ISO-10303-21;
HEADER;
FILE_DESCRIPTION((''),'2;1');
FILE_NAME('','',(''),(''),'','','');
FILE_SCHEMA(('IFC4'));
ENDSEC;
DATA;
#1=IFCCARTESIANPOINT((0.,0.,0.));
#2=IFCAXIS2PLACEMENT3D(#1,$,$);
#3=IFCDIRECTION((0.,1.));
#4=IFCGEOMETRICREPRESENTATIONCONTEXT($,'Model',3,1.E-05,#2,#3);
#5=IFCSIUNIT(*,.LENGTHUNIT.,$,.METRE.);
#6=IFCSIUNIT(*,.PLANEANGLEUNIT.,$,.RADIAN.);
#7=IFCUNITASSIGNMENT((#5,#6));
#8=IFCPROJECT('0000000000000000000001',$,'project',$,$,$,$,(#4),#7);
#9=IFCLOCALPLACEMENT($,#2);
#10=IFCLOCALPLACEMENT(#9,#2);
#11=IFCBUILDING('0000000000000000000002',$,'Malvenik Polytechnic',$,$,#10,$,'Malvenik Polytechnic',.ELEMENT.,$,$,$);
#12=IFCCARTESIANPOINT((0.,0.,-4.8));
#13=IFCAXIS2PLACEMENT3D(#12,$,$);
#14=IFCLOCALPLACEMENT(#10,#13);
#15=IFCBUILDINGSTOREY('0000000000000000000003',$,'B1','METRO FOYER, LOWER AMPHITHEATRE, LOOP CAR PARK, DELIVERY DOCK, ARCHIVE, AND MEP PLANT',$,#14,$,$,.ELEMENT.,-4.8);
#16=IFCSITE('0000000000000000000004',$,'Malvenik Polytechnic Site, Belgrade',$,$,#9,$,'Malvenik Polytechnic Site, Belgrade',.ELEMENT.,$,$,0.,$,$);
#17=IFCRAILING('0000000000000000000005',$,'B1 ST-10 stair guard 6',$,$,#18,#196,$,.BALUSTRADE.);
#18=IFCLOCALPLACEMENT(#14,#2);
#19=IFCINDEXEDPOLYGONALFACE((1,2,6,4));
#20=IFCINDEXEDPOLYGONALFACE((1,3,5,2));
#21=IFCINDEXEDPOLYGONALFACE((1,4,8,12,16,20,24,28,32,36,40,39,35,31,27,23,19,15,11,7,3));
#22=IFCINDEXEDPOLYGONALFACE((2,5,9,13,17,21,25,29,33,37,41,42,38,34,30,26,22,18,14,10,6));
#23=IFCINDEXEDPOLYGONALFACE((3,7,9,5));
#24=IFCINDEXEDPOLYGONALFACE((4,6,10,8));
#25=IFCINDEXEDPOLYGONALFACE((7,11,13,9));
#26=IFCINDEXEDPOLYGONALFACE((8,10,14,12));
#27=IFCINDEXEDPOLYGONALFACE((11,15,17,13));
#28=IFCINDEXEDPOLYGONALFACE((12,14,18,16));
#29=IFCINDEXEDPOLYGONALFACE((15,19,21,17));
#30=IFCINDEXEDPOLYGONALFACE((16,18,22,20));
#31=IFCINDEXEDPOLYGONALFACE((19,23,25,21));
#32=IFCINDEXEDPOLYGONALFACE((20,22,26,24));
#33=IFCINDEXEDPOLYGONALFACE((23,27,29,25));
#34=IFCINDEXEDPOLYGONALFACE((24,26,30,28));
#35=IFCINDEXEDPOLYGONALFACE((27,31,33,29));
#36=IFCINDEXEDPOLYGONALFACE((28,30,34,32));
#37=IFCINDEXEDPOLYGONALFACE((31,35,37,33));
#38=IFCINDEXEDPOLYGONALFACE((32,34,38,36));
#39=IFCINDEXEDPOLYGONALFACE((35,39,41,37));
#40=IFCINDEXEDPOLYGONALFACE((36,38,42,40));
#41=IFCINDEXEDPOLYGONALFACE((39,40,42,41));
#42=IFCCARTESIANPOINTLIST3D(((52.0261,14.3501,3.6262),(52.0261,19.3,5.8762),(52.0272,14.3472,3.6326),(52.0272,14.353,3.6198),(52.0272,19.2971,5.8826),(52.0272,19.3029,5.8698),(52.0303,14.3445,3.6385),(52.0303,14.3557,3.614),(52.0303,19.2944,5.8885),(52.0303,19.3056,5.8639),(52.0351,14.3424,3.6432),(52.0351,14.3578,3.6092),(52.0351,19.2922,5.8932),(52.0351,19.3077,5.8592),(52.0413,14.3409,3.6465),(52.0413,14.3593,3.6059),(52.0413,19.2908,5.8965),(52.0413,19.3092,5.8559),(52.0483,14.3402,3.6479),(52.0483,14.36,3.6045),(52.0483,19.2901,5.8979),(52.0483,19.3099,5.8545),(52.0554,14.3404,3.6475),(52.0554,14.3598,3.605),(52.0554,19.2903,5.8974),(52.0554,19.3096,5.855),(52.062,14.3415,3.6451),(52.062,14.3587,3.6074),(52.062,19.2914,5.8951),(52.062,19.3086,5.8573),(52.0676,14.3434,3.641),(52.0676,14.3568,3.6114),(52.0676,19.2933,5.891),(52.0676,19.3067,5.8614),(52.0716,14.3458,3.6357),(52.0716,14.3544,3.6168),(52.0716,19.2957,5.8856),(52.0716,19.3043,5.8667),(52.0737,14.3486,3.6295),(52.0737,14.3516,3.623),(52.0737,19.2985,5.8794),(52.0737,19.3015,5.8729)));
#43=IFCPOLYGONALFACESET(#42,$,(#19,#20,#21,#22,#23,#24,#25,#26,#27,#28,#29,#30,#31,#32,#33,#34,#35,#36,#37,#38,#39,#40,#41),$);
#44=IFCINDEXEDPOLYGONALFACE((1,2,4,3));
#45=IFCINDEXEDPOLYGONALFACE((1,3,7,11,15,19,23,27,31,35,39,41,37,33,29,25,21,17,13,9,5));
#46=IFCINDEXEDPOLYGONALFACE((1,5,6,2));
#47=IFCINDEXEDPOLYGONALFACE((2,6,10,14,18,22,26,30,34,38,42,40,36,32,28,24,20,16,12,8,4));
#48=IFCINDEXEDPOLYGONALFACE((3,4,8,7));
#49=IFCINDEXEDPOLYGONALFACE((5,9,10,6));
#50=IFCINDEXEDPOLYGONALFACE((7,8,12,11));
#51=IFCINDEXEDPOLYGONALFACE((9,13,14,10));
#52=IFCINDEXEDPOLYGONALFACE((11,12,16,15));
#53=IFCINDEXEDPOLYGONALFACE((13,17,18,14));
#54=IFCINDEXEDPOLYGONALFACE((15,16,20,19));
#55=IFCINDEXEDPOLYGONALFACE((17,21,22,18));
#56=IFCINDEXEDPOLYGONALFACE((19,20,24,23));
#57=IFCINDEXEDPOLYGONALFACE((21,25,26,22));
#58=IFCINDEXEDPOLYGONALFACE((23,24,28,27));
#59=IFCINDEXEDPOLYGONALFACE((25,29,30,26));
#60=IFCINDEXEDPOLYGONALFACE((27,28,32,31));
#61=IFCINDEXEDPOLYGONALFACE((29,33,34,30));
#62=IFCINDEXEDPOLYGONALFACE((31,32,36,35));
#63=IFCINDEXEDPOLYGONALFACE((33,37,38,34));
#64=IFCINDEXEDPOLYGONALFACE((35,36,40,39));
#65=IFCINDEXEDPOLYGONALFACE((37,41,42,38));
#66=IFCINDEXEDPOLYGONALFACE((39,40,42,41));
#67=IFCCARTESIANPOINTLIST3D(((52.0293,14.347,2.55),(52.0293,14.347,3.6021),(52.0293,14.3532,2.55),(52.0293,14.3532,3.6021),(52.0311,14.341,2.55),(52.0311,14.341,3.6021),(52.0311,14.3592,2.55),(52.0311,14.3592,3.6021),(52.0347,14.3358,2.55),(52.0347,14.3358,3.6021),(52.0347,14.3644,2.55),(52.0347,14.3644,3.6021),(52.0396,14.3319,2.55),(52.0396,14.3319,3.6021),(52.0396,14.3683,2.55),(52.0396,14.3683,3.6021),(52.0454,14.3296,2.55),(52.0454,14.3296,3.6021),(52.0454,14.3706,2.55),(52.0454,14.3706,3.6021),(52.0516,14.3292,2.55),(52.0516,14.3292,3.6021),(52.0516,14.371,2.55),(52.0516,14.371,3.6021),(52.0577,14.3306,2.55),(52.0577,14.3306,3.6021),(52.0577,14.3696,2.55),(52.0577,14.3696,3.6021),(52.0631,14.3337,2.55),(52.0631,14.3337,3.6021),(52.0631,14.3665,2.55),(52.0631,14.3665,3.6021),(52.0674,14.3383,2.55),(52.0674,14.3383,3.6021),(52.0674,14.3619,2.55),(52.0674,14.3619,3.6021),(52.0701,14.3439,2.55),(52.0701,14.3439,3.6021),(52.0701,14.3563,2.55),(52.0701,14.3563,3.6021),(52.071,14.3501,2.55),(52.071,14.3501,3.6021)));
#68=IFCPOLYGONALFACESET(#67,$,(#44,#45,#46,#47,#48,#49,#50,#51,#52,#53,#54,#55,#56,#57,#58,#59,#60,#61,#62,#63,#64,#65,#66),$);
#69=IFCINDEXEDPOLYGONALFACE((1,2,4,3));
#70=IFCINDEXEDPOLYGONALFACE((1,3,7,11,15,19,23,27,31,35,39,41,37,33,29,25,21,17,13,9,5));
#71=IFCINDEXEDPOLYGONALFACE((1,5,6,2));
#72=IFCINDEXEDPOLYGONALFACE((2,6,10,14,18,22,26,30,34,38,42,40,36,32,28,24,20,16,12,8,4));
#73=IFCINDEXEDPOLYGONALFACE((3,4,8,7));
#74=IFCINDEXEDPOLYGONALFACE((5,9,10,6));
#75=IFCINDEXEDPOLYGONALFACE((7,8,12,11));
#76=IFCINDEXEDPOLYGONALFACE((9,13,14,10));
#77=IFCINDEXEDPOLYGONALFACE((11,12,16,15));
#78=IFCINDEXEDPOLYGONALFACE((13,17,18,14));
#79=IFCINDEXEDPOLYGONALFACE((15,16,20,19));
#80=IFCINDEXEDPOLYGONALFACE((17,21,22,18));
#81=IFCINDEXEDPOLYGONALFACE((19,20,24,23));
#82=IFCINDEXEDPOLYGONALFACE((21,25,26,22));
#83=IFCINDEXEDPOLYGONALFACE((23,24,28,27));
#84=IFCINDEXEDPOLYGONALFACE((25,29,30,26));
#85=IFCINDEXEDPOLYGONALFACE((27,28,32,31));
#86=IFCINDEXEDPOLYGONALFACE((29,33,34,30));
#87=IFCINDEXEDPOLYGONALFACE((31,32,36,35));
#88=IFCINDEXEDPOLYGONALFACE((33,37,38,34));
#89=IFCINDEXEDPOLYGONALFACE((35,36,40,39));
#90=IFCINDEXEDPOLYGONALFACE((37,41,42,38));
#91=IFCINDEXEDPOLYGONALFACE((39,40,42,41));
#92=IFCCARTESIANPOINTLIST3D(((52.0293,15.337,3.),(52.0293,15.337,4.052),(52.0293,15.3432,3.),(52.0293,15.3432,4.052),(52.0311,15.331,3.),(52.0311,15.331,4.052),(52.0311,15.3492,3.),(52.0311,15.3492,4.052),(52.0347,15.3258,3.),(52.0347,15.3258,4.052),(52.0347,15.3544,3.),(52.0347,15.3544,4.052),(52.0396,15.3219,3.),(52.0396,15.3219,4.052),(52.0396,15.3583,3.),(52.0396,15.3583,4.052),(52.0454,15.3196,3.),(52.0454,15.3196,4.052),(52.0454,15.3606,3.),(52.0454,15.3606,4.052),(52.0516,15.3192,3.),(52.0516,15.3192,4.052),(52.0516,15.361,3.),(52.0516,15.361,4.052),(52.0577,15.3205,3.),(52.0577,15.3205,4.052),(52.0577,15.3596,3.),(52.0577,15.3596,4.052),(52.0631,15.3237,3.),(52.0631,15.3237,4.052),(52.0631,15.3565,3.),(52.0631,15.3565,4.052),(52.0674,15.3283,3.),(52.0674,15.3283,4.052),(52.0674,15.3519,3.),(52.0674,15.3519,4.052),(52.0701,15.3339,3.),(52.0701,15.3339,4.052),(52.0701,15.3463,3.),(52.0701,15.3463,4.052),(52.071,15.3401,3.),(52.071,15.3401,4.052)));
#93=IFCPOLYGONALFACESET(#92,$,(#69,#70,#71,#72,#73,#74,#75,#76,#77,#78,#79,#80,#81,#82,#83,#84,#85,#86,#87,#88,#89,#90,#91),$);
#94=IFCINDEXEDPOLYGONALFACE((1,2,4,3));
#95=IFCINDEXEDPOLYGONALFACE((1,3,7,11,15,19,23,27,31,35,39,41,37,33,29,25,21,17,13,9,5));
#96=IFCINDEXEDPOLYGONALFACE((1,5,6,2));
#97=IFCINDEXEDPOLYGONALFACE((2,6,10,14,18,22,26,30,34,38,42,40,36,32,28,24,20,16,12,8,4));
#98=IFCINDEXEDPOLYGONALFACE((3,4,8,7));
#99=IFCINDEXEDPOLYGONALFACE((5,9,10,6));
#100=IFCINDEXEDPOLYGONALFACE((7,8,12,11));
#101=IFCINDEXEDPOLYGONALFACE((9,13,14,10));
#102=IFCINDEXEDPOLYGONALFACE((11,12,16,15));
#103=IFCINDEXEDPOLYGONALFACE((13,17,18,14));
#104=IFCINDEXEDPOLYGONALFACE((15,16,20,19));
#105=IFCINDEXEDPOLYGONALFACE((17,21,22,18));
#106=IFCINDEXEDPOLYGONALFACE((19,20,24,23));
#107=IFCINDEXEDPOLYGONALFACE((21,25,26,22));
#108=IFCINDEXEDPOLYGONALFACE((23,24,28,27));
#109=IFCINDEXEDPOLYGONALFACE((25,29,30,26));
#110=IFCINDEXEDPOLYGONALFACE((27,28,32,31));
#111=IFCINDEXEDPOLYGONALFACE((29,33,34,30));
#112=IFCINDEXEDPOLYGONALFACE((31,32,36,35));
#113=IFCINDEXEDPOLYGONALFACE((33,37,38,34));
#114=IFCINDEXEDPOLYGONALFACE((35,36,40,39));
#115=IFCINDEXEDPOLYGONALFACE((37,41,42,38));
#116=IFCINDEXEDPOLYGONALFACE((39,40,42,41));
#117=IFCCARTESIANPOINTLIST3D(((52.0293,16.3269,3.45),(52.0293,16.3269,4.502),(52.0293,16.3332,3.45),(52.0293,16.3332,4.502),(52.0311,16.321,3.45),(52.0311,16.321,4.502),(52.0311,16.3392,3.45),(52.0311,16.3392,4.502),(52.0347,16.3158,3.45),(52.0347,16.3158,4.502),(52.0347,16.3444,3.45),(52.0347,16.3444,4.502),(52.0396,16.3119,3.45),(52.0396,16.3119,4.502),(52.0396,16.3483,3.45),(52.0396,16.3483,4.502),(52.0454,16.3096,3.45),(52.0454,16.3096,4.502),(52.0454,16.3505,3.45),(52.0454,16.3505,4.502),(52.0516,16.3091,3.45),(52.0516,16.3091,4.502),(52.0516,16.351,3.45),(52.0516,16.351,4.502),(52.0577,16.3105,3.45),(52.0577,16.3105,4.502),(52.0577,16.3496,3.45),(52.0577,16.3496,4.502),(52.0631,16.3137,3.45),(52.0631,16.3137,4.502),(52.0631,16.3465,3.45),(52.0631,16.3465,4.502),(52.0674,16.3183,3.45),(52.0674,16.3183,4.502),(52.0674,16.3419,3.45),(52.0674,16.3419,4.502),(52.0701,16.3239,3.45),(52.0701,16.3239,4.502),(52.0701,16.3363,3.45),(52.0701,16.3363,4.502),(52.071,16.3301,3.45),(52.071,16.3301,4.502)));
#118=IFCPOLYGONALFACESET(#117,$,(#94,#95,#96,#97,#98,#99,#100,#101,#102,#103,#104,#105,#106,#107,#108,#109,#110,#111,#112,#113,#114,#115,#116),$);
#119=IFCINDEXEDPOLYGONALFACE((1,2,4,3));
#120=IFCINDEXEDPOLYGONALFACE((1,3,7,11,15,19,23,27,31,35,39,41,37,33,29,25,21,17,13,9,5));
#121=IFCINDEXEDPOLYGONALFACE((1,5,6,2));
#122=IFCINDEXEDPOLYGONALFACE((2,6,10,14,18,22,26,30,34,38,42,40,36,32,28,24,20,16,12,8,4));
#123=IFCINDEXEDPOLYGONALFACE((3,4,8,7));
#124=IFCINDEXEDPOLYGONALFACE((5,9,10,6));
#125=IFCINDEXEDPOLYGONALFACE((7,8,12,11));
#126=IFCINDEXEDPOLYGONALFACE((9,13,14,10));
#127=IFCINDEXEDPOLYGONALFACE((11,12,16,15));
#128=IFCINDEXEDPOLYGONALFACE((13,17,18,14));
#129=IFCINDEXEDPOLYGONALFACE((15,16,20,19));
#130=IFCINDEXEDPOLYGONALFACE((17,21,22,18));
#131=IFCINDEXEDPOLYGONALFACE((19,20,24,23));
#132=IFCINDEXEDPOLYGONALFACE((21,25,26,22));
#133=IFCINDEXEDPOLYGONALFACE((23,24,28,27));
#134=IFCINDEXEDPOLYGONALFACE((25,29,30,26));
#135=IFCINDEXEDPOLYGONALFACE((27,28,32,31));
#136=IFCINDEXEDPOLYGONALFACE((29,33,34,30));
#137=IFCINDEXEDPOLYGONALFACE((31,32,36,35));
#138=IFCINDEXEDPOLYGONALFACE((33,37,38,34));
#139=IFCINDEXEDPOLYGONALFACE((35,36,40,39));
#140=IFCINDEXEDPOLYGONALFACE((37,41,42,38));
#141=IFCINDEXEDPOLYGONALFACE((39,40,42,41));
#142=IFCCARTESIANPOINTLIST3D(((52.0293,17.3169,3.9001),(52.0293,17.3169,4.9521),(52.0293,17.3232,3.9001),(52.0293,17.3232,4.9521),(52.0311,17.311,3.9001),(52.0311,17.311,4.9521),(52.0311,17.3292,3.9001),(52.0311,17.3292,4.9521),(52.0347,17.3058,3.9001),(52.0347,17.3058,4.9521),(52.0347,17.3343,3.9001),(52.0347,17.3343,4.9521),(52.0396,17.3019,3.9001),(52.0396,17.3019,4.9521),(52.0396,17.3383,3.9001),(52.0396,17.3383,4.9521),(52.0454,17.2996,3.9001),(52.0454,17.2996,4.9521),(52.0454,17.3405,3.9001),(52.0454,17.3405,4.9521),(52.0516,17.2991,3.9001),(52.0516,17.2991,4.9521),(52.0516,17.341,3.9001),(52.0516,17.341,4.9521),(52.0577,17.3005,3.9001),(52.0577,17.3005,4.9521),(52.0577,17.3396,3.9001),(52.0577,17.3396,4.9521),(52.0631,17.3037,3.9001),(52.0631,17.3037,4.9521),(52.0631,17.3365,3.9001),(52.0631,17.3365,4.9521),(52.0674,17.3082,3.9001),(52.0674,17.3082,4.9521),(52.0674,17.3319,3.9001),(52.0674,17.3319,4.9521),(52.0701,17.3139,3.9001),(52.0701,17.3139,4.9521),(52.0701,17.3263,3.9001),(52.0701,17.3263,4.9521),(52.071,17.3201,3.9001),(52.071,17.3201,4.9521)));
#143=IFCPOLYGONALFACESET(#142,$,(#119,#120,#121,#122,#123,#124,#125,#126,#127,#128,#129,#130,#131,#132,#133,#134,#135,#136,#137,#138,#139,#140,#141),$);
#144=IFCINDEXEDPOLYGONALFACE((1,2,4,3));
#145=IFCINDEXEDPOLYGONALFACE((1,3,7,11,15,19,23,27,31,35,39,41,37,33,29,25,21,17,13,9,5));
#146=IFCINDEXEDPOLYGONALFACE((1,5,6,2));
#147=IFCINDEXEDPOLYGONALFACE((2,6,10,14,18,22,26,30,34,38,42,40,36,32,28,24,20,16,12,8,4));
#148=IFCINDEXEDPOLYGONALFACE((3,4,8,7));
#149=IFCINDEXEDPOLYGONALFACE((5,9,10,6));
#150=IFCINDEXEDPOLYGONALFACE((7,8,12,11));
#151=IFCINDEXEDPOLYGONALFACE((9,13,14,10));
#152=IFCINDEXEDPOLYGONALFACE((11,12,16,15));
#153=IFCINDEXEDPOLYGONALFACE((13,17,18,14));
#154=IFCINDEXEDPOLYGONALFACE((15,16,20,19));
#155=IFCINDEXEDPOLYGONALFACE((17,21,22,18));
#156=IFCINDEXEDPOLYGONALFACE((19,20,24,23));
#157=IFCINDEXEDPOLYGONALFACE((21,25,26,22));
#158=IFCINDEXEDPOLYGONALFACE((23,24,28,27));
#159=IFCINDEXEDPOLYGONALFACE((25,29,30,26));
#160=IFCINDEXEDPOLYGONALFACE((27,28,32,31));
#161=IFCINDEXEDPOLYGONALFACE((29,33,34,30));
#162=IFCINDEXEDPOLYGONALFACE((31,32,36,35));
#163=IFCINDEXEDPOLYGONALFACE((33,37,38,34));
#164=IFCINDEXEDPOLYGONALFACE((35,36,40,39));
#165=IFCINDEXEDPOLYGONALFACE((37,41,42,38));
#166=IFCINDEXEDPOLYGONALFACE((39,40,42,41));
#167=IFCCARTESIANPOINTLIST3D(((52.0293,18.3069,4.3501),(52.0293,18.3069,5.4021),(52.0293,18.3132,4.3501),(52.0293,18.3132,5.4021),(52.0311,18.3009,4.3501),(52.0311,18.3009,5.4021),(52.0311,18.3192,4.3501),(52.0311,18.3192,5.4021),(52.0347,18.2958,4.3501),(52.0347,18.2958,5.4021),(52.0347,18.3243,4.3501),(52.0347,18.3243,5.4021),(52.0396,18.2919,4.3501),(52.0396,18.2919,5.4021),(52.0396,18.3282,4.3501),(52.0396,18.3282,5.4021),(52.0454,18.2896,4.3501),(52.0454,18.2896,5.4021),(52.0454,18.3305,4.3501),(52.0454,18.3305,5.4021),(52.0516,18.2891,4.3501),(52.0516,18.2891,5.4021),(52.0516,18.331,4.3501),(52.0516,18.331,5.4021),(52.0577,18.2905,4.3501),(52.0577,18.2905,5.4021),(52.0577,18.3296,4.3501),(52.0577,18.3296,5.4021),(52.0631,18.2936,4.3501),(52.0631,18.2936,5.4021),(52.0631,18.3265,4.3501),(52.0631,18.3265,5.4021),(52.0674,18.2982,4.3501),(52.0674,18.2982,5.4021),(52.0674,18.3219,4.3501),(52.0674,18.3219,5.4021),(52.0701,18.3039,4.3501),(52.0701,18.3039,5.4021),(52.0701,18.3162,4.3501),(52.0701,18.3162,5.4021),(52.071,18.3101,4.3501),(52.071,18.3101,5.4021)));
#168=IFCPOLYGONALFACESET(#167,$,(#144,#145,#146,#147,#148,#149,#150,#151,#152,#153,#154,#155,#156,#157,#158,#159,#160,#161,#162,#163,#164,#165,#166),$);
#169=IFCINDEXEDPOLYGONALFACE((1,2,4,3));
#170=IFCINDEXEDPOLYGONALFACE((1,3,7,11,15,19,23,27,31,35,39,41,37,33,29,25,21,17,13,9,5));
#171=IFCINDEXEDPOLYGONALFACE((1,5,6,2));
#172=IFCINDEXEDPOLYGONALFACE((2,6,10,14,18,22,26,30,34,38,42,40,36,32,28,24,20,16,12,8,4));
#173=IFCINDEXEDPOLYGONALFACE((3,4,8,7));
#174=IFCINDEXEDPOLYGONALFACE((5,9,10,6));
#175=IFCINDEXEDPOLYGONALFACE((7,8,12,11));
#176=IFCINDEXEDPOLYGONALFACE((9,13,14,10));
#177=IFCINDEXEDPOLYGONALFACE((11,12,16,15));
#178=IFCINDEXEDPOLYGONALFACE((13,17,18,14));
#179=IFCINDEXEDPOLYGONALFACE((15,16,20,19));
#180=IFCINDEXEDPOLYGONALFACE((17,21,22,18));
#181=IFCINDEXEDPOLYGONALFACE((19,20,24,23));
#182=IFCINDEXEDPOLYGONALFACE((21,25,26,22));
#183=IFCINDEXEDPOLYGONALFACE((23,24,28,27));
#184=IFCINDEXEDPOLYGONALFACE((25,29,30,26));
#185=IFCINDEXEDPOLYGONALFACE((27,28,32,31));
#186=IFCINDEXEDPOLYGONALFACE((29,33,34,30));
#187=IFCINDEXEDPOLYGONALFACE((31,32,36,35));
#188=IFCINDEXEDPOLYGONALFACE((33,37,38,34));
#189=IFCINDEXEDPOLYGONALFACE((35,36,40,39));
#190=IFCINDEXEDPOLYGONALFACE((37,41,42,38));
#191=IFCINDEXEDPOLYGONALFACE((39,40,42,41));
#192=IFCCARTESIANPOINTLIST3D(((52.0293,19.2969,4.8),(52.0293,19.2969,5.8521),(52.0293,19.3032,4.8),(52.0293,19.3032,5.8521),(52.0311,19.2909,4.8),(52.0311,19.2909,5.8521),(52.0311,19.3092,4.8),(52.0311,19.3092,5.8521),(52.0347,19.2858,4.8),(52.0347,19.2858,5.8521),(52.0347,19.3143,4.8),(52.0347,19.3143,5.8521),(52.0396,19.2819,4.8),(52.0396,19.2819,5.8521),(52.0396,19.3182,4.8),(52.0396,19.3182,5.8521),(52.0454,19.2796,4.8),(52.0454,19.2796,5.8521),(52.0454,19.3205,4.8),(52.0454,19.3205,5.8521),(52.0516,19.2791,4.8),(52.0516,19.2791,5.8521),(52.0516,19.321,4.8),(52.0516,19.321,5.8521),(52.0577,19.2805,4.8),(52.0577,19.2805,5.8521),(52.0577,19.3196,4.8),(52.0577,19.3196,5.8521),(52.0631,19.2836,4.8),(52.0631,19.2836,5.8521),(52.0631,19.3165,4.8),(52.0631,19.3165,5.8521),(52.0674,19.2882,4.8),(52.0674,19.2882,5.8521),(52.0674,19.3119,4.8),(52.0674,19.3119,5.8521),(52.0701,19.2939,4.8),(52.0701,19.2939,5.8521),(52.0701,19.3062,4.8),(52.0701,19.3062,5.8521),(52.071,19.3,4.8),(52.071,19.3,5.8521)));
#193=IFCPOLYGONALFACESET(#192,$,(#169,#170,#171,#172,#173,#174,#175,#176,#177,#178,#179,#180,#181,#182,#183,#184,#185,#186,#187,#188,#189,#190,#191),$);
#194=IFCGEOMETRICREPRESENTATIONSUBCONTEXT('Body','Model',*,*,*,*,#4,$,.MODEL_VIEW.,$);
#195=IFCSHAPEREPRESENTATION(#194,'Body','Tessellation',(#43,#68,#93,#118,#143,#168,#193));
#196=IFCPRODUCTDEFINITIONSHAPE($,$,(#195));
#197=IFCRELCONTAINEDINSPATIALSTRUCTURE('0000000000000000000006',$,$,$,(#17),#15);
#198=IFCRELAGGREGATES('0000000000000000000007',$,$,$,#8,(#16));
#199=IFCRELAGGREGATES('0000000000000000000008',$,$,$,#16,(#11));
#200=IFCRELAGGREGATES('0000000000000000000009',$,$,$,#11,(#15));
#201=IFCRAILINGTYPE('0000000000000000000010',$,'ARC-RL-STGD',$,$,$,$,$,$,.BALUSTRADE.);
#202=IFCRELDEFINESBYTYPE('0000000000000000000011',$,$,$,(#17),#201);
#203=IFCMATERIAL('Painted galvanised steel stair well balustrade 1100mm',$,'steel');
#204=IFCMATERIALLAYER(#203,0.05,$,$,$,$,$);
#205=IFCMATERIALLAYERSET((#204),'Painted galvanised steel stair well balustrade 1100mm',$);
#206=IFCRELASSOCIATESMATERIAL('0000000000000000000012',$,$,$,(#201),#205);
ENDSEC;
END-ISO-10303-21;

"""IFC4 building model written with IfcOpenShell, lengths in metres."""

from ifc_helpers import new_model, si_unit, direction, frame, origin, origin_2d, place, context, subcontext, project, spatial, circle, extrude, material, layer, layer_set, type_object, element, save


model = new_model("IFC4")

# Units and contexts
model_context = context("Model", 3, precision=1e-05, world=origin(), true_north=direction((0.0, 1.0)))
body_context = subcontext(model_context, "Body", "Model", "MODEL_VIEW")
ifc_project = project(units=[si_unit("LENGTHUNIT", "METRE"), si_unit("PLANEANGLEUNIT", "RADIAN")], contexts=[model_context])

# Site, building, storey
site_placement = place(None, origin())
site = spatial("IfcSite", under=ifc_project, at=site_placement, Name="Malvenik Polytechnic Site, Belgrade", LongName="Malvenik Polytechnic Site, Belgrade", CompositionType="ELEMENT", RefElevation=0.0)
building_placement = place(site_placement, origin())
building = spatial("IfcBuilding", under=site, at=building_placement, Name="Malvenik Polytechnic", LongName="Malvenik Polytechnic", CompositionType="ELEMENT")
storey_placement = place(building_placement, frame((0.0, 0.0, -4.8)))
storey = spatial("IfcBuildingStorey", under=building, at=storey_placement, Name="B1", Description="METRO FOYER, LOWER AMPHITHEATRE, LOOP CAR PARK, DELIVERY DOCK, ARCHIVE, AND MEP PLANT", CompositionType="ELEMENT", Elevation=-4.8)

# Railing
ifc_material_1 = material(Name="Painted galvanised steel stair well balustrade 1100mm", Category="steel")
ifc_layer_1 = layer(ifc_material_1, 0.05)
ifc_layer_set_1 = layer_set([ifc_layer_1], Name="Painted galvanised steel stair well balustrade 1100mm")
railing_type_1 = type_object("IfcRailingType", Name="ARC-RL-STGD", PredefinedType="BALUSTRADE", material=ifc_layer_set_1)
railing_1_placement = place(storey_placement, frame((52.05, 14.3501, 2.55)))
element("IfcRailing", 1, at=railing_1_placement, inside=storey, type_object=railing_type_1, Name="B1 ST-10 stair guard 6", PredefinedType="BALUSTRADE", context=body_context, shape_type="SweptSolid", body=[
    extrude(circle(Radius=0.0239, at=origin_2d()), frame((0.0, 0.0, 1.0762), z_axis=(0.0, 0.910365, 0.413806), x_axis=(-1.0, 0.0, 0.0)), (0.0, 0.0, 1.0), 5.4373),
    extrude(circle(Radius=0.021, at=origin_2d()), origin(), (0.0, 0.0, 1.0), 1.052),
    extrude(circle(Radius=0.021, at=origin_2d()), frame((0.0, 0.99, 0.45)), (0.0, 0.0, 1.0), 1.052),
    extrude(circle(Radius=0.021, at=origin_2d()), frame((0.0, 1.98, 0.8999)), (0.0, 0.0, 1.0), 1.052),
    extrude(circle(Radius=0.021, at=origin_2d()), frame((0.0, 2.97, 1.3501)), (0.0, 0.0, 1.0), 1.052),
    extrude(circle(Radius=0.021, at=origin_2d()), frame((0.0, 3.96, 1.8)), (0.0, 0.0, 1.0), 1.052),
    extrude(circle(Radius=0.021, at=origin_2d()), frame((0.0, 4.95, 2.25)), (0.0, 0.0, 1.0), 1.052),
])

save(model, "model.ifc")
